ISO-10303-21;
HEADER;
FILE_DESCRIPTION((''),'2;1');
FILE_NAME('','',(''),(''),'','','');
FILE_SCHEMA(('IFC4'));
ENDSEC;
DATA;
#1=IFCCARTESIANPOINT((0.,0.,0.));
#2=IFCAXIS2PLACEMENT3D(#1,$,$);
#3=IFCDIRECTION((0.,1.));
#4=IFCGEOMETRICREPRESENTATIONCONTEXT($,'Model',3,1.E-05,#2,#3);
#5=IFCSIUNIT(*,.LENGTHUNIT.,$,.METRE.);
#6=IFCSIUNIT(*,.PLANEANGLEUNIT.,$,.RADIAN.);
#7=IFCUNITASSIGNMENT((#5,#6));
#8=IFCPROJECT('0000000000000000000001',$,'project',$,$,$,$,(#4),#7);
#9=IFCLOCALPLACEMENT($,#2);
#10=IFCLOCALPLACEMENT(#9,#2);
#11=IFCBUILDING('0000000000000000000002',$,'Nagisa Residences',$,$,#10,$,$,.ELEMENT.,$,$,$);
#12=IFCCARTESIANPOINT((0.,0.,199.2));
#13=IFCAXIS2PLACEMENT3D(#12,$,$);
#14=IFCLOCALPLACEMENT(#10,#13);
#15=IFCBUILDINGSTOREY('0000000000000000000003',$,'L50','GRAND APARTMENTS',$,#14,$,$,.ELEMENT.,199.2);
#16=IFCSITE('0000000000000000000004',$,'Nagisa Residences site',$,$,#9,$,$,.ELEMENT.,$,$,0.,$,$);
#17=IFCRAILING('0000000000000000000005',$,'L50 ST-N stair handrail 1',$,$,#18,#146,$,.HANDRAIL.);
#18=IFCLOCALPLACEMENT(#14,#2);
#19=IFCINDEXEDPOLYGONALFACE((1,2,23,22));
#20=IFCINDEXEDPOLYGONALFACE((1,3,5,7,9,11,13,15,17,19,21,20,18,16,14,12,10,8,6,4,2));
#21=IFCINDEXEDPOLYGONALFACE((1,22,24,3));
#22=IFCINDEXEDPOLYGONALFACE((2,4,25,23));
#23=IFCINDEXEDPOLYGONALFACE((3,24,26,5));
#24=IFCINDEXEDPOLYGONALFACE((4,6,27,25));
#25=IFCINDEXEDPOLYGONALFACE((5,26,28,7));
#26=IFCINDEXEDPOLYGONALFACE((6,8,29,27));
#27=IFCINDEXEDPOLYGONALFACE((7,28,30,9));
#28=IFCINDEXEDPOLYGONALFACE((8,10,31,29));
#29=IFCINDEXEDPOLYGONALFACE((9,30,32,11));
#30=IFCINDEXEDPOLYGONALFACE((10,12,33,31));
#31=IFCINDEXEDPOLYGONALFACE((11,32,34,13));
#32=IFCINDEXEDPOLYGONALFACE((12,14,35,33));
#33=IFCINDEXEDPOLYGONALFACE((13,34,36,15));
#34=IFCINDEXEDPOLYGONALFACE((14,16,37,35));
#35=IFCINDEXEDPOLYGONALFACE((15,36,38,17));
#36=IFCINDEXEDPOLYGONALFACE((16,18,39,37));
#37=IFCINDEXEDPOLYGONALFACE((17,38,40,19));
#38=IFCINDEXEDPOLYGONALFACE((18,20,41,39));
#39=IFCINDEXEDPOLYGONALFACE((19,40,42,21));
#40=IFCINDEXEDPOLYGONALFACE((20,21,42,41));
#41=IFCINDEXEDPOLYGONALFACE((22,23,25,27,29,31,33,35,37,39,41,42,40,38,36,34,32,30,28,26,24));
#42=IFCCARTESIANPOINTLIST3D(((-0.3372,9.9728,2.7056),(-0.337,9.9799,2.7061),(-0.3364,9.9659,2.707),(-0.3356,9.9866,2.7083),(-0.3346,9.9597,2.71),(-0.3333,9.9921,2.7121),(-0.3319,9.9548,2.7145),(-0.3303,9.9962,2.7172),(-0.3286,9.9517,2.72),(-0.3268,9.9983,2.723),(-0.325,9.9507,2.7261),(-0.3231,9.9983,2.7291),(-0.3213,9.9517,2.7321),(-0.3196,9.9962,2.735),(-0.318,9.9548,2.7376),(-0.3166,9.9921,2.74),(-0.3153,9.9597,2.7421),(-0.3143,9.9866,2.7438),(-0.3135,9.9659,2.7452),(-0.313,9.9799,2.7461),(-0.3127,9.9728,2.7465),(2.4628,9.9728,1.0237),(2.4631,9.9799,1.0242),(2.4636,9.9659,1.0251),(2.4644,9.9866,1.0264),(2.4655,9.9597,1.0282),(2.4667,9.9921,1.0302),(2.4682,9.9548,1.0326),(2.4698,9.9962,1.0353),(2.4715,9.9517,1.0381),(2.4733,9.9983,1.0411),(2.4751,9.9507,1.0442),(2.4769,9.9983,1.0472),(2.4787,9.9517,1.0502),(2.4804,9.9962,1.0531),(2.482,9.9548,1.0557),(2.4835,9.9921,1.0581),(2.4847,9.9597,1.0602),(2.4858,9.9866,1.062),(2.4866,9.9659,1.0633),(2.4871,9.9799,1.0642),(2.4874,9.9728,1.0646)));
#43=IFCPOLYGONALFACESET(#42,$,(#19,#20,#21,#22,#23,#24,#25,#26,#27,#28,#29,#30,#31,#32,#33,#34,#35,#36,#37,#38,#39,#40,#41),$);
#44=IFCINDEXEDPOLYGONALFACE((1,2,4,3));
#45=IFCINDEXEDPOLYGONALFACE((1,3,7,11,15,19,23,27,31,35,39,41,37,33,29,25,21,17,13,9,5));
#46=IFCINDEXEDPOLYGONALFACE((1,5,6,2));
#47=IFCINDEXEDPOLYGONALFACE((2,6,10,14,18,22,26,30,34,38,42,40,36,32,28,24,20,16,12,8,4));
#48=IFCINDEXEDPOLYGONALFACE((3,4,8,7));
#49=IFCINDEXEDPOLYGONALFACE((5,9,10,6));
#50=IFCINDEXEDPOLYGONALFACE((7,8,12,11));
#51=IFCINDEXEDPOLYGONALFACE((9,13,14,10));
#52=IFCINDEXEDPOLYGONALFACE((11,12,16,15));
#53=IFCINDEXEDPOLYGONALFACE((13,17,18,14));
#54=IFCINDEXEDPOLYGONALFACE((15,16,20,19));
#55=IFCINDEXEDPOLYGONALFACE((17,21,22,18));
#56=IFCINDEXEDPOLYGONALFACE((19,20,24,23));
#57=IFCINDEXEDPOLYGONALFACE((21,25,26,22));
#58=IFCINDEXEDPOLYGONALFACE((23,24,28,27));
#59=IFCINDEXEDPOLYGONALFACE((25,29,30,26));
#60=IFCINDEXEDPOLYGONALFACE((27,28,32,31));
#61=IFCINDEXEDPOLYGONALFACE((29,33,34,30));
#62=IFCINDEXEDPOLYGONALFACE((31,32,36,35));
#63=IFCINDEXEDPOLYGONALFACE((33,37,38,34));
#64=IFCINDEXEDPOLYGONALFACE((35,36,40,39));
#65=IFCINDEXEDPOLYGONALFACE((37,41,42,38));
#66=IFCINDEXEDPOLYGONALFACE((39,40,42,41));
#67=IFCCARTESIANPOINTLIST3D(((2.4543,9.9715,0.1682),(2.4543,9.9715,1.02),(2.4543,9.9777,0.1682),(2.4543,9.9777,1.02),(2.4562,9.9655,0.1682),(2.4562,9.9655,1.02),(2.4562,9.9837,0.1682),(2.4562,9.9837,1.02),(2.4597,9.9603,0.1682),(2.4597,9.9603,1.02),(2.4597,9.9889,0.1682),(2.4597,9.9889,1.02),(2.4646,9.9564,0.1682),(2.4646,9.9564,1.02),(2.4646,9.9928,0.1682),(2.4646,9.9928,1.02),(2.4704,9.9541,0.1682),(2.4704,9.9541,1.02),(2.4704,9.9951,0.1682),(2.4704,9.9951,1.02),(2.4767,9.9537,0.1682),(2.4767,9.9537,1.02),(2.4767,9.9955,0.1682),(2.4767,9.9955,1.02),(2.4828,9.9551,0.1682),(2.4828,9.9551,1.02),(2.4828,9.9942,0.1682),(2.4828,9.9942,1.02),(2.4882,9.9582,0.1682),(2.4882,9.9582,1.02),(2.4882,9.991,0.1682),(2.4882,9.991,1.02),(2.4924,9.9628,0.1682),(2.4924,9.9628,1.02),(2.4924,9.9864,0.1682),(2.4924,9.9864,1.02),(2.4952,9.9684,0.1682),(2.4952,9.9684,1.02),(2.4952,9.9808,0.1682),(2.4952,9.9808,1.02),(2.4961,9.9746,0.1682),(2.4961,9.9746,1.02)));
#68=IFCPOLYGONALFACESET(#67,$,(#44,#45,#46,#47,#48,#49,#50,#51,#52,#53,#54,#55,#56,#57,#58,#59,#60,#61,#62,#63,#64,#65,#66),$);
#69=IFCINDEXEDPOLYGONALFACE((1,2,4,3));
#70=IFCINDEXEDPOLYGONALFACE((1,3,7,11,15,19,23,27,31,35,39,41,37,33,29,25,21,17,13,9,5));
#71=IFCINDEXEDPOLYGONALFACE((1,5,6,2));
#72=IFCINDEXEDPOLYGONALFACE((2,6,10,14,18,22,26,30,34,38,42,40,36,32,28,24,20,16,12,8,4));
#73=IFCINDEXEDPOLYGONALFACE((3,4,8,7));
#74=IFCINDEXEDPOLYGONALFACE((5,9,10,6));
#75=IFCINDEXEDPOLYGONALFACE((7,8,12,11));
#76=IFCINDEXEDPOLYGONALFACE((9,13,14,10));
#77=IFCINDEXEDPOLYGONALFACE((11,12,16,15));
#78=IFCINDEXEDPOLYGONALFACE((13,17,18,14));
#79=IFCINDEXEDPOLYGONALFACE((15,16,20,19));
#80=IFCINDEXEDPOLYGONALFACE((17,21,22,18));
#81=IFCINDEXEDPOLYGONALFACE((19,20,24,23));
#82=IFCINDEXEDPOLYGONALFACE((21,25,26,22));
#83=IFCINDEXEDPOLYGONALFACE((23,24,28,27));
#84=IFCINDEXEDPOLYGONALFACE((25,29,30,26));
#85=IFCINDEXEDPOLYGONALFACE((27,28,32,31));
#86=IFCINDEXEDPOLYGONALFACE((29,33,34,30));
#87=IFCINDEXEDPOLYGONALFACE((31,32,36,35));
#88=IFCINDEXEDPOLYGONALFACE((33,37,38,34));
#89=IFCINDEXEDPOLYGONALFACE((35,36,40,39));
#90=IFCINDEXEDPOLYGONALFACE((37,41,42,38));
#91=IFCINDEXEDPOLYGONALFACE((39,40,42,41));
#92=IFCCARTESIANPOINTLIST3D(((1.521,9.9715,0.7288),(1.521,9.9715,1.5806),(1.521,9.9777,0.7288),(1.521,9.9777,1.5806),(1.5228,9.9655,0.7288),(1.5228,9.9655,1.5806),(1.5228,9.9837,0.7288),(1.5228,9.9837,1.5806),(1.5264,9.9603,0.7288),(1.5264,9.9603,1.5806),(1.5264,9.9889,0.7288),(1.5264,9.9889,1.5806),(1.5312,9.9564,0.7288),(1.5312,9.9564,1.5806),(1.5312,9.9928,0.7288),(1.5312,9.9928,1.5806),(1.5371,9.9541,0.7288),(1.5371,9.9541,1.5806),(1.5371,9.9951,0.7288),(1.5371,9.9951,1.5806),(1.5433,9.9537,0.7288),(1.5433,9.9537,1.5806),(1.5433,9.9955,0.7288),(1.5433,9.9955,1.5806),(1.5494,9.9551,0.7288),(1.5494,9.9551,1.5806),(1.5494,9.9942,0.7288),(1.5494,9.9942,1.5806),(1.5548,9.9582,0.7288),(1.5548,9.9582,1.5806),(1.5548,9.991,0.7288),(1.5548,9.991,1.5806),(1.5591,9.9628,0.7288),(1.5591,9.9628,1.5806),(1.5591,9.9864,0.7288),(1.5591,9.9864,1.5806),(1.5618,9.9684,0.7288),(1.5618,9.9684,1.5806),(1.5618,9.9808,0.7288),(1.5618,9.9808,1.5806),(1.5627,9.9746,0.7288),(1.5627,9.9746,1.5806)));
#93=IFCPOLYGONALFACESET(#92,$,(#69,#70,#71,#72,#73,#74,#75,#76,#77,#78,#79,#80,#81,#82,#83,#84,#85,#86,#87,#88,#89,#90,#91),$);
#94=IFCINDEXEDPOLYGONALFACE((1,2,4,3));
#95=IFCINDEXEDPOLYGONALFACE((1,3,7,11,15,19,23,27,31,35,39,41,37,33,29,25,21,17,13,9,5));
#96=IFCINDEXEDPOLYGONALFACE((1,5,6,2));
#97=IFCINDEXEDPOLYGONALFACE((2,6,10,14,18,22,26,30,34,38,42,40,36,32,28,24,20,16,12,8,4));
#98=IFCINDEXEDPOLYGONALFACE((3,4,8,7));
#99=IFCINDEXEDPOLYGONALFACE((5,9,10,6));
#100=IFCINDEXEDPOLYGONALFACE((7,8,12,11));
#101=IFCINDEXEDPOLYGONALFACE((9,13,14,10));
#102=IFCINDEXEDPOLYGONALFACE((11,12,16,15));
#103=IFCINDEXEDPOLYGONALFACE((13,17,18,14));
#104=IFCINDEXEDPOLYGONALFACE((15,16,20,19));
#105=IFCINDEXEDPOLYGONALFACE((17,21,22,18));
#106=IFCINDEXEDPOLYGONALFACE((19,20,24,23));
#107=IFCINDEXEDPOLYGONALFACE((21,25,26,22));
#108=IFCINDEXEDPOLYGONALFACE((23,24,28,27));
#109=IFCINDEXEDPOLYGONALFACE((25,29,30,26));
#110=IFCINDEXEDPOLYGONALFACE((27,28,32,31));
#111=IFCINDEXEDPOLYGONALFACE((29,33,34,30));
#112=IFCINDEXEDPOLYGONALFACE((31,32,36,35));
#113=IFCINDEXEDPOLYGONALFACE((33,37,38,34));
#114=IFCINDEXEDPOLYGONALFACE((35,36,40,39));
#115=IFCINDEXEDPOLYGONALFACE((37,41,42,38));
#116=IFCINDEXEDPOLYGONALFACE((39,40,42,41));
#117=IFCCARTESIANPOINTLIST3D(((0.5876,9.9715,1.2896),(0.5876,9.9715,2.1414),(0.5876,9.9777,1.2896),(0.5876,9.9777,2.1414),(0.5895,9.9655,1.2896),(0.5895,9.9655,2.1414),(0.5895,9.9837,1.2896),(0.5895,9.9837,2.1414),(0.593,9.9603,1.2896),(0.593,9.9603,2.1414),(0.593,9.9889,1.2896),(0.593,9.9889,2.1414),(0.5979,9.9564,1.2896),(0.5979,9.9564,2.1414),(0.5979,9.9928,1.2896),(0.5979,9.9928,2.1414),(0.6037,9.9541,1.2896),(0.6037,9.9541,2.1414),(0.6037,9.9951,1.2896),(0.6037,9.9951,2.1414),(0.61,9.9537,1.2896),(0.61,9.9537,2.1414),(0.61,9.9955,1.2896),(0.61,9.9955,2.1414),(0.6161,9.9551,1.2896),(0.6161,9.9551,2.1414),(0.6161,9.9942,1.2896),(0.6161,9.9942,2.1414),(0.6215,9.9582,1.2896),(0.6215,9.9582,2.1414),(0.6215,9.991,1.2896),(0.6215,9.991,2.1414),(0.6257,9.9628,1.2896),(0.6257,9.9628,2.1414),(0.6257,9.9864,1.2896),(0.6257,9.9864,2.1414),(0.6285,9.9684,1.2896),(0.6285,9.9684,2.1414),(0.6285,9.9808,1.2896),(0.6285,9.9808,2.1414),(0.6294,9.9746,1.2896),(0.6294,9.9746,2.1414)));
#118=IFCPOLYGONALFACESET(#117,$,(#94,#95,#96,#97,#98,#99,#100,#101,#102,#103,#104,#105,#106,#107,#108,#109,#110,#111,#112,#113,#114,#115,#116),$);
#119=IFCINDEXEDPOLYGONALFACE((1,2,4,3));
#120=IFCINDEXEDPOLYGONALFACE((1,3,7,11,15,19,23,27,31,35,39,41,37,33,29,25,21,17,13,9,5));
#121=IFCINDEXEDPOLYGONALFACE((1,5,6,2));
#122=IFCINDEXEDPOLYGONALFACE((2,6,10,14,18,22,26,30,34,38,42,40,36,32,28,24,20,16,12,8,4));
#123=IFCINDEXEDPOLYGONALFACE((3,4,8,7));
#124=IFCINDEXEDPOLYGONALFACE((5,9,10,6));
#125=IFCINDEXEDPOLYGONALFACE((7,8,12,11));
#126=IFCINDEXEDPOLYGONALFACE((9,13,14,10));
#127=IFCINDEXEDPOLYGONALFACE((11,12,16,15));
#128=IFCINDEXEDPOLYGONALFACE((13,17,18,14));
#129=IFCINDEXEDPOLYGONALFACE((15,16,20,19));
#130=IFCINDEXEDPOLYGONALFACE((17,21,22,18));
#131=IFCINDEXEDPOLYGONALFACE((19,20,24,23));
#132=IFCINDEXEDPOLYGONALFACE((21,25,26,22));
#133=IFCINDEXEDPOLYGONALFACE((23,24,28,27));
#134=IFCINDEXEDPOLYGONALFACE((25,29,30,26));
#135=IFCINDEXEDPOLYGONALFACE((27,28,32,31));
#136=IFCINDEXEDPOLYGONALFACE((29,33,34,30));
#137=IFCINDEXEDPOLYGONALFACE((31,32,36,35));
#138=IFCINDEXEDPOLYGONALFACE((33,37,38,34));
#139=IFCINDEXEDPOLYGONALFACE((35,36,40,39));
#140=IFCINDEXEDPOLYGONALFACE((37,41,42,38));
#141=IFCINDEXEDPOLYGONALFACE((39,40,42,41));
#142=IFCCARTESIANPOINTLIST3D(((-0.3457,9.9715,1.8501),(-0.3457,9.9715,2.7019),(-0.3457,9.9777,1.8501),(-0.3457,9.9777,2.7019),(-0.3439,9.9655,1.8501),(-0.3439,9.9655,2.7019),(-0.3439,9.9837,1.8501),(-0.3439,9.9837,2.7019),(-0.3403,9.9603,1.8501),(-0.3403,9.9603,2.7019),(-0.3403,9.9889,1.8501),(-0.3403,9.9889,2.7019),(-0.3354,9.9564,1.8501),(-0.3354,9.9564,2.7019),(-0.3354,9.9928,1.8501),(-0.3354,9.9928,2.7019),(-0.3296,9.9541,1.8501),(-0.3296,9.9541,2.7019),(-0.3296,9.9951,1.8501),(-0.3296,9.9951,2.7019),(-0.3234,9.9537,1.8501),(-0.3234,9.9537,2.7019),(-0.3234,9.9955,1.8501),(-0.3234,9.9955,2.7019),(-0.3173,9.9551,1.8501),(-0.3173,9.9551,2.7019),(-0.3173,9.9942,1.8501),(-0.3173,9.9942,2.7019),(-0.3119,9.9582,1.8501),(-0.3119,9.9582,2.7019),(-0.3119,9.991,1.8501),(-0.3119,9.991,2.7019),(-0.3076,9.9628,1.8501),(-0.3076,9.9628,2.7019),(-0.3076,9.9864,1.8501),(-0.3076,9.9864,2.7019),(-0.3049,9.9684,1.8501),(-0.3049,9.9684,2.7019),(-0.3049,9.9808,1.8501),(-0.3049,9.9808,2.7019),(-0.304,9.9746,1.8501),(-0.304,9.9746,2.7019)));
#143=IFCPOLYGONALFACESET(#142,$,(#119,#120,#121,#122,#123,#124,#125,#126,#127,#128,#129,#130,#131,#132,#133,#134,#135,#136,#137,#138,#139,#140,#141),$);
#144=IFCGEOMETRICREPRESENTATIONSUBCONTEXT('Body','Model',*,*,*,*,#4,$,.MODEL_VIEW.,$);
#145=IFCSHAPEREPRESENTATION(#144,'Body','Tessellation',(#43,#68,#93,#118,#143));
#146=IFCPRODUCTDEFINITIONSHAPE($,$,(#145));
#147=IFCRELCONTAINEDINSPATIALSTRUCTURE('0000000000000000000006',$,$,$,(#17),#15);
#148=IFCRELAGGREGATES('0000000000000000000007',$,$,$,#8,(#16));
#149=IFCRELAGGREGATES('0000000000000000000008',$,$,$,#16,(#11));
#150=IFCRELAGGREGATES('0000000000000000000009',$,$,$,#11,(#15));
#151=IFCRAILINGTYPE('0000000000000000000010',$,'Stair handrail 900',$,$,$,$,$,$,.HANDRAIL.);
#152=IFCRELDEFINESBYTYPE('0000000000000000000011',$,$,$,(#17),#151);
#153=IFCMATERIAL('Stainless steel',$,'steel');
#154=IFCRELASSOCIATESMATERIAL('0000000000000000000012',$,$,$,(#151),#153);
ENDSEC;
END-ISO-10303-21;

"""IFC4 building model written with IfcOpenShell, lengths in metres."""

from ifc_helpers import new_model, si_unit, direction, frame, origin, origin_2d, place, context, subcontext, project, spatial, circle, extrude, material, type_object, element, save


model = new_model("IFC4")

# Units and contexts
model_context = context("Model", 3, precision=1e-05, world=origin(), true_north=direction((0.0, 1.0)))
body_context = subcontext(model_context, "Body", "Model", "MODEL_VIEW")
ifc_project = project(units=[si_unit("LENGTHUNIT", "METRE"), si_unit("PLANEANGLEUNIT", "RADIAN")], contexts=[model_context])

# Site, building, storey
site_placement = place(None, origin())
site = spatial("IfcSite", under=ifc_project, at=site_placement, Name="Nagisa Residences site", CompositionType="ELEMENT", RefElevation=0.0)
building_placement = place(site_placement, origin())
building = spatial("IfcBuilding", under=site, at=building_placement, Name="Nagisa Residences", CompositionType="ELEMENT")
storey_placement = place(building_placement, frame((0.0, 0.0, 199.2)))
storey = spatial("IfcBuildingStorey", under=building, at=storey_placement, Name="L50", Description="GRAND APARTMENTS", CompositionType="ELEMENT", Elevation=199.2)

# Railing
ifc_material_1 = material(Name="Stainless steel", Category="steel")
railing_type_1 = type_object("IfcRailingType", Name="Stair handrail 900", PredefinedType="HANDRAIL", material=ifc_material_1)
railing_1_placement = place(storey_placement, frame((2.4751, 9.9746, 0.1682)))
element("IfcRailing", 1, at=railing_1_placement, inside=storey, type_object=railing_type_1, Name="L50 ST-N stair handrail 1", PredefinedType="HANDRAIL", context=body_context, shape_type="SweptSolid", body=[
    extrude(circle(Radius=0.0239, at=origin_2d()), frame((0.0, 0.0, 0.876), z_axis=(-0.857242, 0.0, 0.514913), x_axis=(0.0, -1.0, 0.0)), (0.0, 0.0, 1.0), 3.2664),
    extrude(circle(Radius=0.021, at=origin_2d()), origin(), (0.0, 0.0, 1.0), 0.8518),
    extrude(circle(Radius=0.021, at=origin_2d()), frame((-0.9333, 0.0, 0.5605)), (0.0, 0.0, 1.0), 0.8518),
    extrude(circle(Radius=0.021, at=origin_2d()), frame((-1.8667, 0.0, 1.1213)), (0.0, 0.0, 1.0), 0.8518),
    extrude(circle(Radius=0.021, at=origin_2d()), frame((-2.8, 0.0, 1.6819)), (0.0, 0.0, 1.0), 0.8518),
])

save(model, "model.ifc")
